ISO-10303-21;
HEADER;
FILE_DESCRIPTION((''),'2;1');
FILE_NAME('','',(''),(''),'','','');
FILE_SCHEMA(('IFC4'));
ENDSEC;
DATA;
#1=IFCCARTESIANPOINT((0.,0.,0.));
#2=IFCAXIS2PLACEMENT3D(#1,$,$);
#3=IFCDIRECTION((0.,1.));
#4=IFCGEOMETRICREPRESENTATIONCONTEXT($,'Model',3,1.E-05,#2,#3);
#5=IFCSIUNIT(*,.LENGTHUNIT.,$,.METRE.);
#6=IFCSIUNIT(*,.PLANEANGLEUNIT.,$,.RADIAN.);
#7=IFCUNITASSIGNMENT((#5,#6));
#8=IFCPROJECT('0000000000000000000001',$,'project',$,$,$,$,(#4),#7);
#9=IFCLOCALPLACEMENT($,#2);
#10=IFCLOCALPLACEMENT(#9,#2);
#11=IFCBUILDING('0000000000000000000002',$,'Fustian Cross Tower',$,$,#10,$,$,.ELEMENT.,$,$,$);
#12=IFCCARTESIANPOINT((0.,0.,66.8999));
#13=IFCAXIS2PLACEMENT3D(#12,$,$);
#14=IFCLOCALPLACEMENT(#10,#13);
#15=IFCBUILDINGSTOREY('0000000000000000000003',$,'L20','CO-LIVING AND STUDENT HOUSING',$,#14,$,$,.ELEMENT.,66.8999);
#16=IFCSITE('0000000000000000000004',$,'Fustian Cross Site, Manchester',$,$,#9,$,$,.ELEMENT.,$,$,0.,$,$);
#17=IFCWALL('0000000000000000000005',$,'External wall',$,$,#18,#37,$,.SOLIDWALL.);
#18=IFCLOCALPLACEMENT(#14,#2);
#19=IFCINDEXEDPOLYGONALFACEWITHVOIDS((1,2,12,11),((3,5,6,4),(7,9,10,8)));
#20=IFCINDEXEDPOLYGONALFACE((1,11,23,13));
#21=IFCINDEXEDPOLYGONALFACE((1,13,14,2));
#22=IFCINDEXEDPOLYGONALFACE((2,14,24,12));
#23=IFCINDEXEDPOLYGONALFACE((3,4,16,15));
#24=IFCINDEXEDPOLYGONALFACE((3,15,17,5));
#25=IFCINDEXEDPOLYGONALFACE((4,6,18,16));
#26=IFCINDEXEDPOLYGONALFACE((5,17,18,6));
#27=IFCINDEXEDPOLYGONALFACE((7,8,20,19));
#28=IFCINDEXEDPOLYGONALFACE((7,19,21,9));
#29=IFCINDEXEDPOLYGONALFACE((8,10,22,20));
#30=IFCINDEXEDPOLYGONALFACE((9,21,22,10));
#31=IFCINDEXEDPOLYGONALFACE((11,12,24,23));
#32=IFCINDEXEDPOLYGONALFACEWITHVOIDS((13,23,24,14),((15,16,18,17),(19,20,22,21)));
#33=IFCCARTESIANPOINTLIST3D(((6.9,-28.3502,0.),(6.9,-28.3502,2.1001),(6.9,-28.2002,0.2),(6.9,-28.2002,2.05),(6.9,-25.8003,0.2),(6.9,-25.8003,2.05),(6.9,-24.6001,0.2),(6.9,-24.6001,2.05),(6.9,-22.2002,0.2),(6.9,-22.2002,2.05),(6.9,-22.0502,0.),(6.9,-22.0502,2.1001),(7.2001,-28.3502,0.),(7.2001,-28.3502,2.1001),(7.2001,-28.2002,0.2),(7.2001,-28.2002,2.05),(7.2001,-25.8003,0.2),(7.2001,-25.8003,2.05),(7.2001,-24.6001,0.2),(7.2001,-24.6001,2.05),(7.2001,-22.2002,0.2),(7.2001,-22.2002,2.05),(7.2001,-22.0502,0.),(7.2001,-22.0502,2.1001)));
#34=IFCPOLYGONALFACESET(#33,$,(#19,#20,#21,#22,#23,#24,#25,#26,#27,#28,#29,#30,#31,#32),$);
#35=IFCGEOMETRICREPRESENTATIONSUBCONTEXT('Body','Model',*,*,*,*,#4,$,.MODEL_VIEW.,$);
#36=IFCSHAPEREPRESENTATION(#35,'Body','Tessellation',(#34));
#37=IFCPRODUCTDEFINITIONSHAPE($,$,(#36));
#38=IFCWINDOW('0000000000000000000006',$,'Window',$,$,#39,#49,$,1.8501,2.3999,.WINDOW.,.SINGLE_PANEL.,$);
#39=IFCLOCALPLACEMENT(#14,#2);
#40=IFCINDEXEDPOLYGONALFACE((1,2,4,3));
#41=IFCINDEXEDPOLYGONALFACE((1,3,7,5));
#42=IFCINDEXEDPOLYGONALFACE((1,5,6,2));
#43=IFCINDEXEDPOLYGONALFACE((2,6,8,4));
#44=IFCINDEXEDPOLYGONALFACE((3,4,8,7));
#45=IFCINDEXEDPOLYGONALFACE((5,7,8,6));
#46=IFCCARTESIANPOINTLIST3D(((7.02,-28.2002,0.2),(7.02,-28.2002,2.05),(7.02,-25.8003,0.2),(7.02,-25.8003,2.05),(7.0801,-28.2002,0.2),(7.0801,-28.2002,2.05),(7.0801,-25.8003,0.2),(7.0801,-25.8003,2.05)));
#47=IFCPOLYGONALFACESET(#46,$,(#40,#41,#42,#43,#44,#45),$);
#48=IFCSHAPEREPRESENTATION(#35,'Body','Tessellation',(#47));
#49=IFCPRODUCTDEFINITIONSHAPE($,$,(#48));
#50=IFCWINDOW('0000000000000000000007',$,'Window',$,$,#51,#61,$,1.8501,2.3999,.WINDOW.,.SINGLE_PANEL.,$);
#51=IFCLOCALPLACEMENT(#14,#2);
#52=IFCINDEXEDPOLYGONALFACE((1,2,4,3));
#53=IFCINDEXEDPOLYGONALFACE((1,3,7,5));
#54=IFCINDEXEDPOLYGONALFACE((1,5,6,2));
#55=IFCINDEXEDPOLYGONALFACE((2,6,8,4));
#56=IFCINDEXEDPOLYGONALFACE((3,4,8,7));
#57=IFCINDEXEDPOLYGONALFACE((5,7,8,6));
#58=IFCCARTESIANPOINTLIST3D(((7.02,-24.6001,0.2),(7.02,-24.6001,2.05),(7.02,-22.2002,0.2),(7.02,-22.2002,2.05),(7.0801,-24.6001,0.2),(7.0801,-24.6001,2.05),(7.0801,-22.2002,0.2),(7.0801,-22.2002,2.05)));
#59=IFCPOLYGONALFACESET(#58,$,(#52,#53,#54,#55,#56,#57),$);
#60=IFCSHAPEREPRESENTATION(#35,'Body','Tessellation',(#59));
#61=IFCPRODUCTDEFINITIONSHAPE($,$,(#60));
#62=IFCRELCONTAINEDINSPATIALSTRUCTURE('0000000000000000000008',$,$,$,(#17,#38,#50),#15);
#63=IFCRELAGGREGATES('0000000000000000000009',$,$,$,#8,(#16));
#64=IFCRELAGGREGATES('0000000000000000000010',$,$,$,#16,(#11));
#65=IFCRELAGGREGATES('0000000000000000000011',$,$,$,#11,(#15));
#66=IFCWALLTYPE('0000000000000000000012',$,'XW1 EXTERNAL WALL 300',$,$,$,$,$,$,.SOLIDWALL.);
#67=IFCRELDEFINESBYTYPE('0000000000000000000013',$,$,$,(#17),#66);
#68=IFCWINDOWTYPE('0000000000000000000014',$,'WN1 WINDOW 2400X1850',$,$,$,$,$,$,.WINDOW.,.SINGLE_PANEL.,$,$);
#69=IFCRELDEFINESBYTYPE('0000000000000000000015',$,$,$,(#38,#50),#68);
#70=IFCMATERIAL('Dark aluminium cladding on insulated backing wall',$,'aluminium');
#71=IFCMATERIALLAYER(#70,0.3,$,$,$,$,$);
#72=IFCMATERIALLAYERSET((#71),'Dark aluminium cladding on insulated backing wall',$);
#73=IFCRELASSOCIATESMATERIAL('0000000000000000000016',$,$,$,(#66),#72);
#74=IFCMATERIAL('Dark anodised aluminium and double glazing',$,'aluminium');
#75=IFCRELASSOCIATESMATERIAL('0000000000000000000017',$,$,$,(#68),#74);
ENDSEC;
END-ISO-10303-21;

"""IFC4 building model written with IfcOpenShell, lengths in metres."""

from ifc_helpers import new_model, si_unit, direction, frame, frame_2d, origin, place, context, subcontext, project, spatial, rectangle, extrude, material, layer, layer_set, type_object, element, fill, save


model = new_model("IFC4")

# Units and contexts
model_context = context("Model", 3, precision=1e-05, world=origin(), true_north=direction((0.0, 1.0)))
body_context = subcontext(model_context, "Body", "Model", "MODEL_VIEW")
ifc_project = project(units=[si_unit("LENGTHUNIT", "METRE"), si_unit("PLANEANGLEUNIT", "RADIAN")], contexts=[model_context])

# Site, building, storey
site_placement = place(None, origin())
site = spatial("IfcSite", under=ifc_project, at=site_placement, Name="Fustian Cross Site, Manchester", CompositionType="ELEMENT", RefElevation=0.0)
building_placement = place(site_placement, origin())
building = spatial("IfcBuilding", under=site, at=building_placement, Name="Fustian Cross Tower", CompositionType="ELEMENT")
storey_placement = place(building_placement, frame((0.0, 0.0, 66.8999)))
storey = spatial("IfcBuildingStorey", under=building, at=storey_placement, Name="L20", Description="CO-LIVING AND STUDENT HOUSING", CompositionType="ELEMENT", Elevation=66.8999)

# Wall, openings, windows
ifc_material_1 = material(Name="Dark aluminium cladding on insulated backing wall", Category="aluminium")
ifc_layer_1 = layer(ifc_material_1, 0.3)
ifc_layer_set_1 = layer_set([ifc_layer_1], Name="Dark aluminium cladding on insulated backing wall")
wall_type_1 = type_object("IfcWallType", Name="XW1 EXTERNAL WALL 300", PredefinedType="SOLIDWALL", material=ifc_layer_set_1)
wall_1_placement = place(storey_placement, frame((7.05, -28.3501, 0.0), z_axis=(0.0, 0.0, 1.0), x_axis=(0.0, 1.0, 0.0)))
wall_1 = element("IfcWall", 1, at=wall_1_placement, inside=storey, type_object=wall_type_1, Name="External wall", PredefinedType="SOLIDWALL", context=body_context, shape_type="SweptSolid", body=[
    extrude(rectangle(XDim=6.3, YDim=0.3, at=frame_2d((3.1499, 0.0))), origin(), (0.0, 0.0, 1.0), 2.1001),
])
opening_1_placement = place(wall_1_placement, frame((0.1499, 0.0, 0.2)))
opening_1 = element("IfcOpeningElement", 2, at=opening_1_placement, cuts=wall_1, PredefinedType="OPENING", context=body_context, shape_type="SweptSolid", body=[
    extrude(rectangle(XDim=2.3999, YDim=1.8501, at=frame_2d((1.2, 0.925))), frame((0.0, 0.1599, 0.0), z_axis=(0.0, -1.0, 0.0), x_axis=(1.0, 0.0, 0.0)), (0.0, 0.0, 1.0), 0.3201),
])
opening_2_placement = place(wall_1_placement, frame((3.75, 0.0, 0.2)))
opening_2 = element("IfcOpeningElement", 3, at=opening_2_placement, cuts=wall_1, PredefinedType="OPENING", context=body_context, shape_type="SweptSolid", body=[
    extrude(rectangle(XDim=2.3999, YDim=1.8501, at=frame_2d((1.2, 0.925))), frame((0.0, 0.1599, 0.0), z_axis=(0.0, -1.0, 0.0), x_axis=(1.0, 0.0, 0.0)), (0.0, 0.0, 1.0), 0.3201),
])
ifc_material_2 = material(Name="Dark anodised aluminium and double glazing", Category="aluminium")
window_type = type_object("IfcWindowType", Name="WN1 WINDOW 2400X1850", PartitioningType="SINGLE_PANEL", PredefinedType="WINDOW", material=ifc_material_2)
window_1_placement = place(opening_1_placement, origin())
window_1 = element("IfcWindow", 4, at=window_1_placement, inside=storey, type_object=window_type, Name="Window", OverallHeight=1.8501, OverallWidth=2.3999, PartitioningType="SINGLE_PANEL", PredefinedType="WINDOW", context=body_context, shape_type="SweptSolid", body=[
    extrude(rectangle(XDim=2.3999, YDim=1.8501, at=frame_2d((1.2, 0.925))), frame((0.0, 0.03, 0.0), z_axis=(0.0, -1.0, 0.0), x_axis=(1.0, 0.0, 0.0)), (0.0, 0.0, 1.0), 0.0601),
])
fill(opening_1, window_1)
window_2_placement = place(opening_2_placement, origin())
window_2 = element("IfcWindow", 5, at=window_2_placement, inside=storey, type_object=window_type, Name="Window", OverallHeight=1.8501, OverallWidth=2.3999, PartitioningType="SINGLE_PANEL", PredefinedType="WINDOW", context=body_context, shape_type="SweptSolid", body=[
    extrude(rectangle(XDim=2.3999, YDim=1.8501, at=frame_2d((1.2, 0.925))), frame((0.0, 0.03, 0.0), z_axis=(0.0, -1.0, 0.0), x_axis=(1.0, 0.0, 0.0)), (0.0, 0.0, 1.0), 0.0601),
])
fill(opening_2, window_2)

save(model, "model.ifc")
